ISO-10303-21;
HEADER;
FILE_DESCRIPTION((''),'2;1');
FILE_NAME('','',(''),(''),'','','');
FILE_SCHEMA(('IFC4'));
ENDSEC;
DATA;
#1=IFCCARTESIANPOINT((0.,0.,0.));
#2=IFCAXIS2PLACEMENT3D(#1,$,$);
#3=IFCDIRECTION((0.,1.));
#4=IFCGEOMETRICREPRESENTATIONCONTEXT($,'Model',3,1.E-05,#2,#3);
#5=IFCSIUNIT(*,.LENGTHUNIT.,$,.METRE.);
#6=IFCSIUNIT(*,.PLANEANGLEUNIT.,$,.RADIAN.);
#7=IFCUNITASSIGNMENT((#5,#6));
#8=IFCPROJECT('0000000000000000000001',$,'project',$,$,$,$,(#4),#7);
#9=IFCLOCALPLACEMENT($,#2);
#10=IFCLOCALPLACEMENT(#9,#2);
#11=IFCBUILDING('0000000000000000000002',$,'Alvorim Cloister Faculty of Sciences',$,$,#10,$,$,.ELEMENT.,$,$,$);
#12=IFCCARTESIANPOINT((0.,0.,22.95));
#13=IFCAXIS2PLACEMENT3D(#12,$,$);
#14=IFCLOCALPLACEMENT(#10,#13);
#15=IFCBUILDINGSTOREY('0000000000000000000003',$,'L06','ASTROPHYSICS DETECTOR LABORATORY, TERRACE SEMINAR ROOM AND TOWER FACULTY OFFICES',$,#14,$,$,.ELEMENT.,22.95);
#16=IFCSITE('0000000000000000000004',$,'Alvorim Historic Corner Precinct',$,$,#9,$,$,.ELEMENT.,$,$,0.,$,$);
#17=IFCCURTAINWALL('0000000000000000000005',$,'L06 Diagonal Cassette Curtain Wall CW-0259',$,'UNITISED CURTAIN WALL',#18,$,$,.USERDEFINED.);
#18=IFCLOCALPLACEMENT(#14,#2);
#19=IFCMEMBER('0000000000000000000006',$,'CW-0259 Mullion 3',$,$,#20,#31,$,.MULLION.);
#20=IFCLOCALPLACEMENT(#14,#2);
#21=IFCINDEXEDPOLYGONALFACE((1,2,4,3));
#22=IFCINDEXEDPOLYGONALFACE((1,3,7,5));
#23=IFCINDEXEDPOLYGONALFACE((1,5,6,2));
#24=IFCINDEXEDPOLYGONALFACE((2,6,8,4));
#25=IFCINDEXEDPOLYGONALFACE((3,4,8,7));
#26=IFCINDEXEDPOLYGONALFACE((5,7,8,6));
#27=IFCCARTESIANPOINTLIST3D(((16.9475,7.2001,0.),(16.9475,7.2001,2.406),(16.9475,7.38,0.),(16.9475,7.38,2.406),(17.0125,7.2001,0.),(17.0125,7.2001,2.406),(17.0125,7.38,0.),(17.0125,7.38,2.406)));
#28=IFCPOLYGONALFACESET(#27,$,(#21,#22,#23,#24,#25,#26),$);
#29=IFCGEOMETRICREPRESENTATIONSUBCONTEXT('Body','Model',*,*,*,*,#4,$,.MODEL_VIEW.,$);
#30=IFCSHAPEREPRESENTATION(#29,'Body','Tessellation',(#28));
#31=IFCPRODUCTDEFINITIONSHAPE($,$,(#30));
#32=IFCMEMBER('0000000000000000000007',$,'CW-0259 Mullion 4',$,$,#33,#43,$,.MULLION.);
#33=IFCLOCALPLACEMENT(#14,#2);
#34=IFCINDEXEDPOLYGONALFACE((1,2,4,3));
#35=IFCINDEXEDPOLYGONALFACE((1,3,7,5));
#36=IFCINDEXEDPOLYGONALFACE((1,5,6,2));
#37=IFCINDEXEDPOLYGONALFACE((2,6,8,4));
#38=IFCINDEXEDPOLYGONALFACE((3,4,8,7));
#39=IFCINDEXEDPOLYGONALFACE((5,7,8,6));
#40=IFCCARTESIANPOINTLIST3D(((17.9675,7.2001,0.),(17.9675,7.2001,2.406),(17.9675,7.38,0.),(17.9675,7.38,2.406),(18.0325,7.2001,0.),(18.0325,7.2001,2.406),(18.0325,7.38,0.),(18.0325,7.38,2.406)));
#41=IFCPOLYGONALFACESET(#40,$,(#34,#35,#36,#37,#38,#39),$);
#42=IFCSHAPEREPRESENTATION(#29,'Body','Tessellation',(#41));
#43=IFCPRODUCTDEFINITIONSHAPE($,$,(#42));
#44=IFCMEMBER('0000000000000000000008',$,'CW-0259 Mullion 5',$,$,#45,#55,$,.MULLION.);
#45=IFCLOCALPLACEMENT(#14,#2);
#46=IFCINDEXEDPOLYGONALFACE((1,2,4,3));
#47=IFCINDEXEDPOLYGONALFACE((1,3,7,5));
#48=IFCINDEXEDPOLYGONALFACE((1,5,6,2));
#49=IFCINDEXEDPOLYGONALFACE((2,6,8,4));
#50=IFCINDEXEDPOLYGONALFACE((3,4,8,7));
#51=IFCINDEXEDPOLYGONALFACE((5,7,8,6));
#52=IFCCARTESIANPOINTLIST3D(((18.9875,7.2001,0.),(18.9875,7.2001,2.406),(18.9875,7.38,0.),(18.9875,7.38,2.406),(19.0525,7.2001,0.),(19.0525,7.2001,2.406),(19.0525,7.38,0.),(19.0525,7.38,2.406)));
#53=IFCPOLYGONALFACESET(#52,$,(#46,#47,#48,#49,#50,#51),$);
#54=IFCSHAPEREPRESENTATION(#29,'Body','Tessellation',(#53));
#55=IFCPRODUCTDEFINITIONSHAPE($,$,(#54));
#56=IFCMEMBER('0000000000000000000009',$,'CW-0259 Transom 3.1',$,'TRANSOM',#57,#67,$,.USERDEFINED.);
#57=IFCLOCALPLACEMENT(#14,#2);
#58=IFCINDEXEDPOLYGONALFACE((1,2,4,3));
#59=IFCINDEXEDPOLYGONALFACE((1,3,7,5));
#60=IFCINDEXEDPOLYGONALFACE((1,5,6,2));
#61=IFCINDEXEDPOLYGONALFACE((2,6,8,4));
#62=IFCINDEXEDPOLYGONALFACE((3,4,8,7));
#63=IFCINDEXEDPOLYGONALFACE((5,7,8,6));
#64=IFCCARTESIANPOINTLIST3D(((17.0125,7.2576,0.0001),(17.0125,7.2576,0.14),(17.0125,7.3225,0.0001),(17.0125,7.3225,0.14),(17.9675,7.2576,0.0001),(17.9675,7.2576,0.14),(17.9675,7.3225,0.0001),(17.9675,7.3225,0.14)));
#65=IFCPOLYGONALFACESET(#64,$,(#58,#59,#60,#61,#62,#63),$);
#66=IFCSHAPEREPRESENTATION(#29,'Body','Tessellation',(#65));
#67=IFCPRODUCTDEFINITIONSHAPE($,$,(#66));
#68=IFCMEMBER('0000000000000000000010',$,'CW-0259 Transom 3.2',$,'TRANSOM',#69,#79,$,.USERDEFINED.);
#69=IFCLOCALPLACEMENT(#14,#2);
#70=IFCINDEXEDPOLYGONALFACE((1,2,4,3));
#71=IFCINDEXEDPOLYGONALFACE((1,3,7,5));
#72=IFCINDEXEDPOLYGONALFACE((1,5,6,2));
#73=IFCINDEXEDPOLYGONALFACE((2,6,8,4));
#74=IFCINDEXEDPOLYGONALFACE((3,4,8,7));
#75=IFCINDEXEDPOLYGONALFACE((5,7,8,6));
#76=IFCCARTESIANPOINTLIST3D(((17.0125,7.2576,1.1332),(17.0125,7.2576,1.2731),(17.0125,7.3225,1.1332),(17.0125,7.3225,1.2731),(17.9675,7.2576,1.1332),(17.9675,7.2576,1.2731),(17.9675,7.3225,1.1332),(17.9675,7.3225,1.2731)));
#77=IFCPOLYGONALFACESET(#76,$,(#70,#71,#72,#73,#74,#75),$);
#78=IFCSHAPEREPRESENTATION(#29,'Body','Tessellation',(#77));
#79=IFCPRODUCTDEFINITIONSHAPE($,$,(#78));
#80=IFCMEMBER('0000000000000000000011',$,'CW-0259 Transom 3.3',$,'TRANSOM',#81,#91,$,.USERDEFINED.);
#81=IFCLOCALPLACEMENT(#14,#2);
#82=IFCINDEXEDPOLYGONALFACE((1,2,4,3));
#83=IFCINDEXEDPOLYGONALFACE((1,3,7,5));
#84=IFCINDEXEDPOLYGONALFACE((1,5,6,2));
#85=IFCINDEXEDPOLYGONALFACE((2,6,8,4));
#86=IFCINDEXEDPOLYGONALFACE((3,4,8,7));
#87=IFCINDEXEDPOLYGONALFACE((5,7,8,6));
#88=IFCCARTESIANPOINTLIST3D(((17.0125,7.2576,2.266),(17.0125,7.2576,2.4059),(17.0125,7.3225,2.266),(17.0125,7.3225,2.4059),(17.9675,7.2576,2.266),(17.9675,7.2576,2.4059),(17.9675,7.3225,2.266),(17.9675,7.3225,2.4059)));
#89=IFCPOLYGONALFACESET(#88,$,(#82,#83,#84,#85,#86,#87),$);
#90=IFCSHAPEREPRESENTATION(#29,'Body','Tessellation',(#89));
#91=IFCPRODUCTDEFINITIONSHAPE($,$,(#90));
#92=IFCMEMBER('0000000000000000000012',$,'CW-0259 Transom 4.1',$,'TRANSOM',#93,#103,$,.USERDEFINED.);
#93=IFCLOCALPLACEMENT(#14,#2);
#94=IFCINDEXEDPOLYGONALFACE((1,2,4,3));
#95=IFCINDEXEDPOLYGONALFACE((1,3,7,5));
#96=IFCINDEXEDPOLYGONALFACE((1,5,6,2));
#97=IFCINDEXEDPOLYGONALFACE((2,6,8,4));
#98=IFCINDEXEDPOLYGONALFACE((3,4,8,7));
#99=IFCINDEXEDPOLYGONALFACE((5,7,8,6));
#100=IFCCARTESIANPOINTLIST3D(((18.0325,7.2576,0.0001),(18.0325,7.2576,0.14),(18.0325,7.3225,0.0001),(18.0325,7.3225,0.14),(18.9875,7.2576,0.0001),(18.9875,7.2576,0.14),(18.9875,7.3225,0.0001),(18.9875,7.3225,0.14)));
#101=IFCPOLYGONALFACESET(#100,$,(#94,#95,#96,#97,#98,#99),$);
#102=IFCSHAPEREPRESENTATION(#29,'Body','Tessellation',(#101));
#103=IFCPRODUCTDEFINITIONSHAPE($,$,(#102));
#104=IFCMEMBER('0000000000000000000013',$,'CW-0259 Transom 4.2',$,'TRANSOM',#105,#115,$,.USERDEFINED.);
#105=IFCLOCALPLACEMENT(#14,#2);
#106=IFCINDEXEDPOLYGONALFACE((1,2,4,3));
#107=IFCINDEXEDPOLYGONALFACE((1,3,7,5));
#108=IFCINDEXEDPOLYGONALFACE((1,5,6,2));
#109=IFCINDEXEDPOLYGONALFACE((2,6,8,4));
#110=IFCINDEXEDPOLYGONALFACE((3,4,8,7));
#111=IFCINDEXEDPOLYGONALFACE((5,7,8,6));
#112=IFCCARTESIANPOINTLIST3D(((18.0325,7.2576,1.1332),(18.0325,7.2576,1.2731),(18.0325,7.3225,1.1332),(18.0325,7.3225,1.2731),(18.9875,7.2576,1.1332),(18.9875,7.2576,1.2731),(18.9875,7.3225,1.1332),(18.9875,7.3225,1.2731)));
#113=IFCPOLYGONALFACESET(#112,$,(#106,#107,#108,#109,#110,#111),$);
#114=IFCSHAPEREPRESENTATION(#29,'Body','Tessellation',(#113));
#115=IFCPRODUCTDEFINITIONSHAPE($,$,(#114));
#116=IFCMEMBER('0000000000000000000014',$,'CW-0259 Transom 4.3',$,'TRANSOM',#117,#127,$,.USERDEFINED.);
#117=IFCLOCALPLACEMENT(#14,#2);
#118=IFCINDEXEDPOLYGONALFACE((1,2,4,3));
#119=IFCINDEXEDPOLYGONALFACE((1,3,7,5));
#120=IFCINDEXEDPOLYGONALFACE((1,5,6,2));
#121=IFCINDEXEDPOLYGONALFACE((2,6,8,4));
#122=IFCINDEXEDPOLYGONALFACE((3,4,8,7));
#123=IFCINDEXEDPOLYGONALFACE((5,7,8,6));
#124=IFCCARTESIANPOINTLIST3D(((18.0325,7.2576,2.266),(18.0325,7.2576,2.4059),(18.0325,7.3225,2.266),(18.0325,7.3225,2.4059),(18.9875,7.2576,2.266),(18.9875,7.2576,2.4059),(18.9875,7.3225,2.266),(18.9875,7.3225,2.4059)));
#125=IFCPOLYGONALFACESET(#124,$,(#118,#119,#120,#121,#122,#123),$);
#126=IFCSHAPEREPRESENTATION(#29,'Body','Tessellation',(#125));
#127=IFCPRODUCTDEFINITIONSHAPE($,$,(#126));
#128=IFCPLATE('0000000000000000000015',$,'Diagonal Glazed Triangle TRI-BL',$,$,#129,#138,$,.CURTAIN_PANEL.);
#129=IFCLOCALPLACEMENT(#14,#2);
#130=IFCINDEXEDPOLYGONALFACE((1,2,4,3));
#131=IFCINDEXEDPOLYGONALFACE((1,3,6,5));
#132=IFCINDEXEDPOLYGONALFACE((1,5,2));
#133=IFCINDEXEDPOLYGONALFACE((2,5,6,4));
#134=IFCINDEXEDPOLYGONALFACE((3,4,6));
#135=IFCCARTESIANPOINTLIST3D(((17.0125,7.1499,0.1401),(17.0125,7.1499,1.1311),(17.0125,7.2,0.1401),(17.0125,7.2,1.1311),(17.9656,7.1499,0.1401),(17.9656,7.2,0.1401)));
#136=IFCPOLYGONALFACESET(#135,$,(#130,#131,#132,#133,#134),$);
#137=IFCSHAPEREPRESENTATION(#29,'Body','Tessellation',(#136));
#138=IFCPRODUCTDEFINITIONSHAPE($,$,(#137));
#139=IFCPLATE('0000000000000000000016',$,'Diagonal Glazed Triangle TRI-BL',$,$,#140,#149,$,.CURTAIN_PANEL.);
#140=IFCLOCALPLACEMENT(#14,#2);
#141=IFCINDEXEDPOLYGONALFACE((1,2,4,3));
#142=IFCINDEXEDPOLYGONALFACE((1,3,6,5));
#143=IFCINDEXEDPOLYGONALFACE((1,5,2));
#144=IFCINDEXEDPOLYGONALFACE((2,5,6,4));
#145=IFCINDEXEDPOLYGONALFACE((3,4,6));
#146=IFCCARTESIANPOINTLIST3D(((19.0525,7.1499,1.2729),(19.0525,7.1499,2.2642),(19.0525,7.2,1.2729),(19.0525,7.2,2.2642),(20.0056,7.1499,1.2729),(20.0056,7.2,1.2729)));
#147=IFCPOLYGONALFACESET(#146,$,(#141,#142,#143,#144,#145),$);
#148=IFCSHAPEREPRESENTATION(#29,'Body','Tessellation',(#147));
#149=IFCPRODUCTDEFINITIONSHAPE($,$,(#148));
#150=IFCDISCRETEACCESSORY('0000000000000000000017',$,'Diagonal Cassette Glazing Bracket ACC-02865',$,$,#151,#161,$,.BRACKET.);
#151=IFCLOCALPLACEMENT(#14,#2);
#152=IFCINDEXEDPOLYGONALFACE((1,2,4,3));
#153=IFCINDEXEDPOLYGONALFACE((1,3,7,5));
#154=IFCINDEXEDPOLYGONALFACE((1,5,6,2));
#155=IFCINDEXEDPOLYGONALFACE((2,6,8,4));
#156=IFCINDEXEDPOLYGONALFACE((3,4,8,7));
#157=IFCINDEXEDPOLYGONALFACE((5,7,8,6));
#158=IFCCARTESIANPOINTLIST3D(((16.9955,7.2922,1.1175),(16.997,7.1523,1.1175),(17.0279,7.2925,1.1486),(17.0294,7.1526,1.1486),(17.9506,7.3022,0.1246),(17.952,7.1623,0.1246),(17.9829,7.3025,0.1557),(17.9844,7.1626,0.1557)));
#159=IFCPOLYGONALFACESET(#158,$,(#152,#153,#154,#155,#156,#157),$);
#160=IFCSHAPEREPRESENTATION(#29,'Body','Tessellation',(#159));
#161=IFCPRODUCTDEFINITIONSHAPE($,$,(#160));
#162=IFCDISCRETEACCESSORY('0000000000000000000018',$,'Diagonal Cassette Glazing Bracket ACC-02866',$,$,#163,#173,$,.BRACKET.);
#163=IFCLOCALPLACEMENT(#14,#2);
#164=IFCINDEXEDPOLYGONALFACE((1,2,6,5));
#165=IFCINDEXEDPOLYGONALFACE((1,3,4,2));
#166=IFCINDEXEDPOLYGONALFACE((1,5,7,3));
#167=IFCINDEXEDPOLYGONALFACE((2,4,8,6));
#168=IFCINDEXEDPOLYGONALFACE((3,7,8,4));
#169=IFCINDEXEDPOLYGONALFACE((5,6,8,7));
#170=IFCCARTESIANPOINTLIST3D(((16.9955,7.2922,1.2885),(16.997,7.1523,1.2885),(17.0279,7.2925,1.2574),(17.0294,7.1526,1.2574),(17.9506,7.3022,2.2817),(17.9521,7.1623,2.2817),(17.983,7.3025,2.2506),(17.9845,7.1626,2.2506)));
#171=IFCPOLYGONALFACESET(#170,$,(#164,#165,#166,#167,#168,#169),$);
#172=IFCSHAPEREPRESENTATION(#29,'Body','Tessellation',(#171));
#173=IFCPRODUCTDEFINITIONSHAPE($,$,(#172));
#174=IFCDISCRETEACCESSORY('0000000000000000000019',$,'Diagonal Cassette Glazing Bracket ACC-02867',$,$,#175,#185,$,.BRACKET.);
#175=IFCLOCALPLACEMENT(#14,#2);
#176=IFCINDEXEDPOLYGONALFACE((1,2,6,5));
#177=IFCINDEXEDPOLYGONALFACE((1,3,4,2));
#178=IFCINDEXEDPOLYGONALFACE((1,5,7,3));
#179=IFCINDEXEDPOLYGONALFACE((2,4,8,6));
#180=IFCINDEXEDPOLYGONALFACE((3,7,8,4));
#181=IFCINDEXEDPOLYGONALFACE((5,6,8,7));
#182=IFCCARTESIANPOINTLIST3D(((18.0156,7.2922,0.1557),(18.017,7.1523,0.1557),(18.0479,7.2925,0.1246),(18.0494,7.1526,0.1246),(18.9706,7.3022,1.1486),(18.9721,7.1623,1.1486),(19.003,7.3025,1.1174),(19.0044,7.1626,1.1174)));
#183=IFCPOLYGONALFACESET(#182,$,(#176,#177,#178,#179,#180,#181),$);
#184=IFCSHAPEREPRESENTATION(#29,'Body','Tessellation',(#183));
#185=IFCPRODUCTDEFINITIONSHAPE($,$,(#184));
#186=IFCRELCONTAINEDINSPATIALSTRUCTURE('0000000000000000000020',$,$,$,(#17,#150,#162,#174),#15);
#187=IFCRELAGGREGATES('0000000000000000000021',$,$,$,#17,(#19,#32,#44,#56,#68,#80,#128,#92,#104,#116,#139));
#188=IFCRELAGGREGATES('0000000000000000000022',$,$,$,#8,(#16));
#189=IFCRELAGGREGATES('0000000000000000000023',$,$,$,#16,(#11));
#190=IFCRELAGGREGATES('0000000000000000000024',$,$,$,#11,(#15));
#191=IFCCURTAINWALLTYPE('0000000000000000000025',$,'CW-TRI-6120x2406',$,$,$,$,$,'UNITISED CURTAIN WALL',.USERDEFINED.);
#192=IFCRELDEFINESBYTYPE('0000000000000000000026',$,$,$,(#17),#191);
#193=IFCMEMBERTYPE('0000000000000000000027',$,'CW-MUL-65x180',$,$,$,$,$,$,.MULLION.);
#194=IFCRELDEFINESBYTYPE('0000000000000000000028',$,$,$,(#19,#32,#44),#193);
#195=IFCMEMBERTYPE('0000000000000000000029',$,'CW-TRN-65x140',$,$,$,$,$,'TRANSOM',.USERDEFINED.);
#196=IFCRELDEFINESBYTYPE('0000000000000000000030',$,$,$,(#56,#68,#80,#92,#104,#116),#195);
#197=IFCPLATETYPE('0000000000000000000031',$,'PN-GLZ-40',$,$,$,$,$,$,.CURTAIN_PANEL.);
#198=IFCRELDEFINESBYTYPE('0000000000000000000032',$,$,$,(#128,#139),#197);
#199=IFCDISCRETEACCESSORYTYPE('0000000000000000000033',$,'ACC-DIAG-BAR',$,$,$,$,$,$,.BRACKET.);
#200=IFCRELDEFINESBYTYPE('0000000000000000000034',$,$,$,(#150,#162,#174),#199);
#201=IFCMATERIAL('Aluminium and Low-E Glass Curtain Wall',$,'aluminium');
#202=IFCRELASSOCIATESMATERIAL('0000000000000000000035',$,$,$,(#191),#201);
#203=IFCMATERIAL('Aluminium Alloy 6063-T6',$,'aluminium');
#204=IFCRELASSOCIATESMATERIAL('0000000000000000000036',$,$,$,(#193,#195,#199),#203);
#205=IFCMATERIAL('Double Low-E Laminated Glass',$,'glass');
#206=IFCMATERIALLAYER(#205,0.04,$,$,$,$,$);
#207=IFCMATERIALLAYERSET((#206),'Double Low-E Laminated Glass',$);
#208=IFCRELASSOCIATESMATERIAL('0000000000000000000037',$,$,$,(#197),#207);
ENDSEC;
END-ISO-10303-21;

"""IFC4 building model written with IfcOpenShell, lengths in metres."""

from ifc_helpers import new_model, si_unit, direction, frame, origin, origin_2d, place, context, subcontext, project, spatial, polyline, rectangle, outline, extrude, material, layer, layer_set, material_profile, profile_set, type_object, element, aggregate, save


model = new_model("IFC4")

# Units and contexts
model_context = context("Model", 3, precision=1e-05, world=origin(), true_north=direction((0.0, 1.0)))
body_context = subcontext(model_context, "Body", "Model", "MODEL_VIEW")
ifc_project = project(units=[si_unit("LENGTHUNIT", "METRE"), si_unit("PLANEANGLEUNIT", "RADIAN")], contexts=[model_context])

# Site, building, storey
site_placement = place(None, origin())
site = spatial("IfcSite", under=ifc_project, at=site_placement, Name="Alvorim Historic Corner Precinct", CompositionType="ELEMENT", RefElevation=0.0)
building_placement = place(site_placement, origin())
building = spatial("IfcBuilding", under=site, at=building_placement, Name="Alvorim Cloister Faculty of Sciences", CompositionType="ELEMENT")
storey_placement = place(building_placement, frame((0.0, 0.0, 22.95)))
storey = spatial("IfcBuildingStorey", under=building, at=storey_placement, Name="L06", Description="ASTROPHYSICS DETECTOR LABORATORY, TERRACE SEMINAR ROOM AND TOWER FACULTY OFFICES", CompositionType="ELEMENT", Elevation=22.95)

# Curtain wall, members, plates
ifc_material_1 = material(Name="Aluminium and Low-E Glass Curtain Wall", Category="aluminium")
curtain_wall_type = type_object("IfcCurtainWallType", Name="CW-TRI-6120x2406", ElementType="UNITISED CURTAIN WALL", PredefinedType="USERDEFINED", material=ifc_material_1)
curtain_wall_placement = place(storey_placement, origin())
curtain_wall = element("IfcCurtainWall", 1, at=curtain_wall_placement, inside=storey, type_object=curtain_wall_type, Name="L06 Diagonal Cassette Curtain Wall CW-0259", ObjectType="UNITISED CURTAIN WALL", PredefinedType="USERDEFINED")
ifc_material_2 = material(Name="Aluminium Alloy 6063-T6", Category="aluminium")
ifc_material_profile_1 = material_profile(ifc_material_2, rectangle(XDim=0.0649, YDim=0.1799, at=origin_2d()), Name="ALU-MUL-65x180")
ifc_profile_set_1 = profile_set([ifc_material_profile_1], Name="Aluminium Alloy 6063-T6")
member_type_1 = type_object("IfcMemberType", Name="CW-MUL-65x180", PredefinedType="MULLION", material=ifc_profile_set_1)
member_1_placement = place(storey_placement, frame((16.98, 7.29, 0.0), z_axis=(0.0, 0.0, 1.0), x_axis=(1.0, 0.0, 0.0)))
member_1 = element("IfcMember", 2, at=member_1_placement, type_object=member_type_1, Name="CW-0259 Mullion 3", PredefinedType="MULLION", context=body_context, shape_type="SweptSolid", body=[
    extrude(rectangle(XDim=0.0649, YDim=0.1799, at=origin_2d()), origin(), (0.0, 0.0, 1.0), 2.406),
])
member_2_placement = place(storey_placement, frame((18.0, 7.29, 0.0), z_axis=(0.0, 0.0, 1.0), x_axis=(1.0, 0.0, 0.0)))
member_2 = element("IfcMember", 3, at=member_2_placement, type_object=member_type_1, Name="CW-0259 Mullion 4", PredefinedType="MULLION", context=body_context, shape_type="SweptSolid", body=[
    extrude(rectangle(XDim=0.0649, YDim=0.1799, at=origin_2d()), origin(), (0.0, 0.0, 1.0), 2.406),
])
member_3_placement = place(storey_placement, frame((19.02, 7.29, 0.0), z_axis=(0.0, 0.0, 1.0), x_axis=(1.0, 0.0, 0.0)))
member_3 = element("IfcMember", 4, at=member_3_placement, type_object=member_type_1, Name="CW-0259 Mullion 5", PredefinedType="MULLION", context=body_context, shape_type="SweptSolid", body=[
    extrude(rectangle(XDim=0.0649, YDim=0.1799, at=origin_2d()), origin(), (0.0, 0.0, 1.0), 2.406),
])
ifc_material_profile_2 = material_profile(ifc_material_2, rectangle(XDim=0.0649, YDim=0.1399, at=origin_2d()), Name="ALU-TRN-65x140")
ifc_profile_set_2 = profile_set([ifc_material_profile_2], Name="Aluminium Alloy 6063-T6")
member_type_2 = type_object("IfcMemberType", Name="CW-TRN-65x140", ElementType="TRANSOM", PredefinedType="USERDEFINED", material=ifc_profile_set_2)
member_4_placement = place(storey_placement, frame((17.0125, 7.29, 0.0701), z_axis=(1.0, 0.0, 0.0), x_axis=(0.0, 1.0, 0.0)))
member_4 = element("IfcMember", 5, at=member_4_placement, type_object=member_type_2, Name="CW-0259 Transom 3.1", ObjectType="TRANSOM", PredefinedType="USERDEFINED", context=body_context, shape_type="SweptSolid", body=[
    extrude(rectangle(XDim=0.0649, YDim=0.1399, at=origin_2d()), origin(), (0.0, 0.0, 1.0), 0.9551),
])
member_5_placement = place(storey_placement, frame((17.0125, 7.29, 1.2031), z_axis=(1.0, 0.0, 0.0), x_axis=(0.0, 1.0, 0.0)))
member_5 = element("IfcMember", 6, at=member_5_placement, type_object=member_type_2, Name="CW-0259 Transom 3.2", ObjectType="TRANSOM", PredefinedType="USERDEFINED", context=body_context, shape_type="SweptSolid", body=[
    extrude(rectangle(XDim=0.0649, YDim=0.1399, at=origin_2d()), origin(), (0.0, 0.0, 1.0), 0.9551),
])
member_6_placement = place(storey_placement, frame((17.0125, 7.29, 2.3359), z_axis=(1.0, 0.0, 0.0), x_axis=(0.0, 1.0, 0.0)))
member_6 = element("IfcMember", 7, at=member_6_placement, type_object=member_type_2, Name="CW-0259 Transom 3.3", ObjectType="TRANSOM", PredefinedType="USERDEFINED", context=body_context, shape_type="SweptSolid", body=[
    extrude(rectangle(XDim=0.0649, YDim=0.1399, at=origin_2d()), origin(), (0.0, 0.0, 1.0), 0.9551),
])
member_7_placement = place(storey_placement, frame((18.0325, 7.29, 0.0701), z_axis=(1.0, 0.0, 0.0), x_axis=(0.0, 1.0, 0.0)))
member_7 = element("IfcMember", 8, at=member_7_placement, type_object=member_type_2, Name="CW-0259 Transom 4.1", ObjectType="TRANSOM", PredefinedType="USERDEFINED", context=body_context, shape_type="SweptSolid", body=[
    extrude(rectangle(XDim=0.0649, YDim=0.1399, at=origin_2d()), origin(), (0.0, 0.0, 1.0), 0.9551),
])
member_8_placement = place(storey_placement, frame((18.0325, 7.29, 1.2031), z_axis=(1.0, 0.0, 0.0), x_axis=(0.0, 1.0, 0.0)))
member_8 = element("IfcMember", 9, at=member_8_placement, type_object=member_type_2, Name="CW-0259 Transom 4.2", ObjectType="TRANSOM", PredefinedType="USERDEFINED", context=body_context, shape_type="SweptSolid", body=[
    extrude(rectangle(XDim=0.0649, YDim=0.1399, at=origin_2d()), origin(), (0.0, 0.0, 1.0), 0.9551),
])
member_9_placement = place(storey_placement, frame((18.0325, 7.29, 2.3359), z_axis=(1.0, 0.0, 0.0), x_axis=(0.0, 1.0, 0.0)))
member_9 = element("IfcMember", 10, at=member_9_placement, type_object=member_type_2, Name="CW-0259 Transom 4.3", ObjectType="TRANSOM", PredefinedType="USERDEFINED", context=body_context, shape_type="SweptSolid", body=[
    extrude(rectangle(XDim=0.0649, YDim=0.1399, at=origin_2d()), origin(), (0.0, 0.0, 1.0), 0.9551),
])
ifc_material_3 = material(Name="Double Low-E Laminated Glass", Category="glass")
ifc_layer = layer(ifc_material_3, 0.04)
ifc_layer_set = layer_set([ifc_layer], Name="Double Low-E Laminated Glass")
plate_type = type_object("IfcPlateType", Name="PN-GLZ-40", PredefinedType="CURTAIN_PANEL", material=ifc_layer_set)
plate_1_placement = place(storey_placement, frame((17.0125, 7.175, 0.1401), z_axis=(0.0, 0.0, 1.0), x_axis=(1.0, 0.0, 0.0)))
plate_1 = element("IfcPlate", 11, at=plate_1_placement, type_object=plate_type, Name="Diagonal Glazed Triangle TRI-BL", PredefinedType="CURTAIN_PANEL", context=body_context, shape_type="SweptSolid", body=[
    extrude(outline(polyline([(0.0, 0.0), (0.9531, 0.0), (0.0, 0.991), (0.0, 0.0)])), frame((0.0, 0.0249, 0.0), z_axis=(0.0, -1.0, 0.0), x_axis=(1.0, 0.0, 0.0)), (0.0, 0.0, 1.0), 0.05),
])
plate_2_placement = place(storey_placement, frame((19.0525, 7.175, 1.2729), z_axis=(0.0, 0.0, 1.0), x_axis=(1.0, 0.0, 0.0)))
plate_2 = element("IfcPlate", 12, at=plate_2_placement, type_object=plate_type, Name="Diagonal Glazed Triangle TRI-BL", PredefinedType="CURTAIN_PANEL", context=body_context, shape_type="SweptSolid", body=[
    extrude(outline(polyline([(0.0, 0.0), (0.9531, 0.0), (0.0, 0.9912), (0.0, 0.0)])), frame((0.0, 0.0249, 0.0), z_axis=(0.0, -1.0, 0.0), x_axis=(1.0, 0.0, 0.0)), (0.0, 0.0, 1.0), 0.05),
])
aggregate(curtain_wall, [member_1, member_2, member_3, member_4, member_5, member_6, plate_1, member_7, member_8, member_9, plate_2])

# Discrete accessories
discrete_accessory_type = type_object("IfcDiscreteAccessoryType", Name="ACC-DIAG-BAR", PredefinedType="BRACKET", material=ifc_material_2)
discrete_accessory_1_placement = place(storey_placement, frame((17.0125, 7.2224, 1.1331), z_axis=(0.693221, 0.007265, -0.720688), x_axis=(-0.01048, 0.999945, 0.0)))
element("IfcDiscreteAccessory", 13, at=discrete_accessory_1_placement, inside=storey, type_object=discrete_accessory_type, Name="Diagonal Cassette Glazing Bracket ACC-02865", PredefinedType="BRACKET", context=body_context, shape_type="SweptSolid", body=[
    extrude(rectangle(XDim=0.1399, YDim=0.0449, at=origin_2d()), origin(), (0.0, 0.0, 1.0), 1.3777),
])
discrete_accessory_2_placement = place(storey_placement, frame((17.0125, 7.2224, 1.2729), z_axis=(0.693133, 0.007264, 0.720773), x_axis=(-0.01048, 0.999945, 0.0)))
element("IfcDiscreteAccessory", 14, at=discrete_accessory_2_placement, inside=storey, type_object=discrete_accessory_type, Name="Diagonal Cassette Glazing Bracket ACC-02866", PredefinedType="BRACKET", context=body_context, shape_type="SweptSolid", body=[
    extrude(rectangle(XDim=0.1399, YDim=0.0449, at=origin_2d()), origin(), (0.0, 0.0, 1.0), 1.3779),
])
discrete_accessory_3_placement = place(storey_placement, frame((18.0325, 7.2224, 0.1401), z_axis=(0.693221, 0.007265, 0.720688), x_axis=(-0.01048, 0.999945, 0.0)))
element("IfcDiscreteAccessory", 15, at=discrete_accessory_3_placement, inside=storey, type_object=discrete_accessory_type, Name="Diagonal Cassette Glazing Bracket ACC-02867", PredefinedType="BRACKET", context=body_context, shape_type="SweptSolid", body=[
    extrude(rectangle(XDim=0.1399, YDim=0.0449, at=origin_2d()), origin(), (0.0, 0.0, 1.0), 1.3777),
])

save(model, "model.ifc")
